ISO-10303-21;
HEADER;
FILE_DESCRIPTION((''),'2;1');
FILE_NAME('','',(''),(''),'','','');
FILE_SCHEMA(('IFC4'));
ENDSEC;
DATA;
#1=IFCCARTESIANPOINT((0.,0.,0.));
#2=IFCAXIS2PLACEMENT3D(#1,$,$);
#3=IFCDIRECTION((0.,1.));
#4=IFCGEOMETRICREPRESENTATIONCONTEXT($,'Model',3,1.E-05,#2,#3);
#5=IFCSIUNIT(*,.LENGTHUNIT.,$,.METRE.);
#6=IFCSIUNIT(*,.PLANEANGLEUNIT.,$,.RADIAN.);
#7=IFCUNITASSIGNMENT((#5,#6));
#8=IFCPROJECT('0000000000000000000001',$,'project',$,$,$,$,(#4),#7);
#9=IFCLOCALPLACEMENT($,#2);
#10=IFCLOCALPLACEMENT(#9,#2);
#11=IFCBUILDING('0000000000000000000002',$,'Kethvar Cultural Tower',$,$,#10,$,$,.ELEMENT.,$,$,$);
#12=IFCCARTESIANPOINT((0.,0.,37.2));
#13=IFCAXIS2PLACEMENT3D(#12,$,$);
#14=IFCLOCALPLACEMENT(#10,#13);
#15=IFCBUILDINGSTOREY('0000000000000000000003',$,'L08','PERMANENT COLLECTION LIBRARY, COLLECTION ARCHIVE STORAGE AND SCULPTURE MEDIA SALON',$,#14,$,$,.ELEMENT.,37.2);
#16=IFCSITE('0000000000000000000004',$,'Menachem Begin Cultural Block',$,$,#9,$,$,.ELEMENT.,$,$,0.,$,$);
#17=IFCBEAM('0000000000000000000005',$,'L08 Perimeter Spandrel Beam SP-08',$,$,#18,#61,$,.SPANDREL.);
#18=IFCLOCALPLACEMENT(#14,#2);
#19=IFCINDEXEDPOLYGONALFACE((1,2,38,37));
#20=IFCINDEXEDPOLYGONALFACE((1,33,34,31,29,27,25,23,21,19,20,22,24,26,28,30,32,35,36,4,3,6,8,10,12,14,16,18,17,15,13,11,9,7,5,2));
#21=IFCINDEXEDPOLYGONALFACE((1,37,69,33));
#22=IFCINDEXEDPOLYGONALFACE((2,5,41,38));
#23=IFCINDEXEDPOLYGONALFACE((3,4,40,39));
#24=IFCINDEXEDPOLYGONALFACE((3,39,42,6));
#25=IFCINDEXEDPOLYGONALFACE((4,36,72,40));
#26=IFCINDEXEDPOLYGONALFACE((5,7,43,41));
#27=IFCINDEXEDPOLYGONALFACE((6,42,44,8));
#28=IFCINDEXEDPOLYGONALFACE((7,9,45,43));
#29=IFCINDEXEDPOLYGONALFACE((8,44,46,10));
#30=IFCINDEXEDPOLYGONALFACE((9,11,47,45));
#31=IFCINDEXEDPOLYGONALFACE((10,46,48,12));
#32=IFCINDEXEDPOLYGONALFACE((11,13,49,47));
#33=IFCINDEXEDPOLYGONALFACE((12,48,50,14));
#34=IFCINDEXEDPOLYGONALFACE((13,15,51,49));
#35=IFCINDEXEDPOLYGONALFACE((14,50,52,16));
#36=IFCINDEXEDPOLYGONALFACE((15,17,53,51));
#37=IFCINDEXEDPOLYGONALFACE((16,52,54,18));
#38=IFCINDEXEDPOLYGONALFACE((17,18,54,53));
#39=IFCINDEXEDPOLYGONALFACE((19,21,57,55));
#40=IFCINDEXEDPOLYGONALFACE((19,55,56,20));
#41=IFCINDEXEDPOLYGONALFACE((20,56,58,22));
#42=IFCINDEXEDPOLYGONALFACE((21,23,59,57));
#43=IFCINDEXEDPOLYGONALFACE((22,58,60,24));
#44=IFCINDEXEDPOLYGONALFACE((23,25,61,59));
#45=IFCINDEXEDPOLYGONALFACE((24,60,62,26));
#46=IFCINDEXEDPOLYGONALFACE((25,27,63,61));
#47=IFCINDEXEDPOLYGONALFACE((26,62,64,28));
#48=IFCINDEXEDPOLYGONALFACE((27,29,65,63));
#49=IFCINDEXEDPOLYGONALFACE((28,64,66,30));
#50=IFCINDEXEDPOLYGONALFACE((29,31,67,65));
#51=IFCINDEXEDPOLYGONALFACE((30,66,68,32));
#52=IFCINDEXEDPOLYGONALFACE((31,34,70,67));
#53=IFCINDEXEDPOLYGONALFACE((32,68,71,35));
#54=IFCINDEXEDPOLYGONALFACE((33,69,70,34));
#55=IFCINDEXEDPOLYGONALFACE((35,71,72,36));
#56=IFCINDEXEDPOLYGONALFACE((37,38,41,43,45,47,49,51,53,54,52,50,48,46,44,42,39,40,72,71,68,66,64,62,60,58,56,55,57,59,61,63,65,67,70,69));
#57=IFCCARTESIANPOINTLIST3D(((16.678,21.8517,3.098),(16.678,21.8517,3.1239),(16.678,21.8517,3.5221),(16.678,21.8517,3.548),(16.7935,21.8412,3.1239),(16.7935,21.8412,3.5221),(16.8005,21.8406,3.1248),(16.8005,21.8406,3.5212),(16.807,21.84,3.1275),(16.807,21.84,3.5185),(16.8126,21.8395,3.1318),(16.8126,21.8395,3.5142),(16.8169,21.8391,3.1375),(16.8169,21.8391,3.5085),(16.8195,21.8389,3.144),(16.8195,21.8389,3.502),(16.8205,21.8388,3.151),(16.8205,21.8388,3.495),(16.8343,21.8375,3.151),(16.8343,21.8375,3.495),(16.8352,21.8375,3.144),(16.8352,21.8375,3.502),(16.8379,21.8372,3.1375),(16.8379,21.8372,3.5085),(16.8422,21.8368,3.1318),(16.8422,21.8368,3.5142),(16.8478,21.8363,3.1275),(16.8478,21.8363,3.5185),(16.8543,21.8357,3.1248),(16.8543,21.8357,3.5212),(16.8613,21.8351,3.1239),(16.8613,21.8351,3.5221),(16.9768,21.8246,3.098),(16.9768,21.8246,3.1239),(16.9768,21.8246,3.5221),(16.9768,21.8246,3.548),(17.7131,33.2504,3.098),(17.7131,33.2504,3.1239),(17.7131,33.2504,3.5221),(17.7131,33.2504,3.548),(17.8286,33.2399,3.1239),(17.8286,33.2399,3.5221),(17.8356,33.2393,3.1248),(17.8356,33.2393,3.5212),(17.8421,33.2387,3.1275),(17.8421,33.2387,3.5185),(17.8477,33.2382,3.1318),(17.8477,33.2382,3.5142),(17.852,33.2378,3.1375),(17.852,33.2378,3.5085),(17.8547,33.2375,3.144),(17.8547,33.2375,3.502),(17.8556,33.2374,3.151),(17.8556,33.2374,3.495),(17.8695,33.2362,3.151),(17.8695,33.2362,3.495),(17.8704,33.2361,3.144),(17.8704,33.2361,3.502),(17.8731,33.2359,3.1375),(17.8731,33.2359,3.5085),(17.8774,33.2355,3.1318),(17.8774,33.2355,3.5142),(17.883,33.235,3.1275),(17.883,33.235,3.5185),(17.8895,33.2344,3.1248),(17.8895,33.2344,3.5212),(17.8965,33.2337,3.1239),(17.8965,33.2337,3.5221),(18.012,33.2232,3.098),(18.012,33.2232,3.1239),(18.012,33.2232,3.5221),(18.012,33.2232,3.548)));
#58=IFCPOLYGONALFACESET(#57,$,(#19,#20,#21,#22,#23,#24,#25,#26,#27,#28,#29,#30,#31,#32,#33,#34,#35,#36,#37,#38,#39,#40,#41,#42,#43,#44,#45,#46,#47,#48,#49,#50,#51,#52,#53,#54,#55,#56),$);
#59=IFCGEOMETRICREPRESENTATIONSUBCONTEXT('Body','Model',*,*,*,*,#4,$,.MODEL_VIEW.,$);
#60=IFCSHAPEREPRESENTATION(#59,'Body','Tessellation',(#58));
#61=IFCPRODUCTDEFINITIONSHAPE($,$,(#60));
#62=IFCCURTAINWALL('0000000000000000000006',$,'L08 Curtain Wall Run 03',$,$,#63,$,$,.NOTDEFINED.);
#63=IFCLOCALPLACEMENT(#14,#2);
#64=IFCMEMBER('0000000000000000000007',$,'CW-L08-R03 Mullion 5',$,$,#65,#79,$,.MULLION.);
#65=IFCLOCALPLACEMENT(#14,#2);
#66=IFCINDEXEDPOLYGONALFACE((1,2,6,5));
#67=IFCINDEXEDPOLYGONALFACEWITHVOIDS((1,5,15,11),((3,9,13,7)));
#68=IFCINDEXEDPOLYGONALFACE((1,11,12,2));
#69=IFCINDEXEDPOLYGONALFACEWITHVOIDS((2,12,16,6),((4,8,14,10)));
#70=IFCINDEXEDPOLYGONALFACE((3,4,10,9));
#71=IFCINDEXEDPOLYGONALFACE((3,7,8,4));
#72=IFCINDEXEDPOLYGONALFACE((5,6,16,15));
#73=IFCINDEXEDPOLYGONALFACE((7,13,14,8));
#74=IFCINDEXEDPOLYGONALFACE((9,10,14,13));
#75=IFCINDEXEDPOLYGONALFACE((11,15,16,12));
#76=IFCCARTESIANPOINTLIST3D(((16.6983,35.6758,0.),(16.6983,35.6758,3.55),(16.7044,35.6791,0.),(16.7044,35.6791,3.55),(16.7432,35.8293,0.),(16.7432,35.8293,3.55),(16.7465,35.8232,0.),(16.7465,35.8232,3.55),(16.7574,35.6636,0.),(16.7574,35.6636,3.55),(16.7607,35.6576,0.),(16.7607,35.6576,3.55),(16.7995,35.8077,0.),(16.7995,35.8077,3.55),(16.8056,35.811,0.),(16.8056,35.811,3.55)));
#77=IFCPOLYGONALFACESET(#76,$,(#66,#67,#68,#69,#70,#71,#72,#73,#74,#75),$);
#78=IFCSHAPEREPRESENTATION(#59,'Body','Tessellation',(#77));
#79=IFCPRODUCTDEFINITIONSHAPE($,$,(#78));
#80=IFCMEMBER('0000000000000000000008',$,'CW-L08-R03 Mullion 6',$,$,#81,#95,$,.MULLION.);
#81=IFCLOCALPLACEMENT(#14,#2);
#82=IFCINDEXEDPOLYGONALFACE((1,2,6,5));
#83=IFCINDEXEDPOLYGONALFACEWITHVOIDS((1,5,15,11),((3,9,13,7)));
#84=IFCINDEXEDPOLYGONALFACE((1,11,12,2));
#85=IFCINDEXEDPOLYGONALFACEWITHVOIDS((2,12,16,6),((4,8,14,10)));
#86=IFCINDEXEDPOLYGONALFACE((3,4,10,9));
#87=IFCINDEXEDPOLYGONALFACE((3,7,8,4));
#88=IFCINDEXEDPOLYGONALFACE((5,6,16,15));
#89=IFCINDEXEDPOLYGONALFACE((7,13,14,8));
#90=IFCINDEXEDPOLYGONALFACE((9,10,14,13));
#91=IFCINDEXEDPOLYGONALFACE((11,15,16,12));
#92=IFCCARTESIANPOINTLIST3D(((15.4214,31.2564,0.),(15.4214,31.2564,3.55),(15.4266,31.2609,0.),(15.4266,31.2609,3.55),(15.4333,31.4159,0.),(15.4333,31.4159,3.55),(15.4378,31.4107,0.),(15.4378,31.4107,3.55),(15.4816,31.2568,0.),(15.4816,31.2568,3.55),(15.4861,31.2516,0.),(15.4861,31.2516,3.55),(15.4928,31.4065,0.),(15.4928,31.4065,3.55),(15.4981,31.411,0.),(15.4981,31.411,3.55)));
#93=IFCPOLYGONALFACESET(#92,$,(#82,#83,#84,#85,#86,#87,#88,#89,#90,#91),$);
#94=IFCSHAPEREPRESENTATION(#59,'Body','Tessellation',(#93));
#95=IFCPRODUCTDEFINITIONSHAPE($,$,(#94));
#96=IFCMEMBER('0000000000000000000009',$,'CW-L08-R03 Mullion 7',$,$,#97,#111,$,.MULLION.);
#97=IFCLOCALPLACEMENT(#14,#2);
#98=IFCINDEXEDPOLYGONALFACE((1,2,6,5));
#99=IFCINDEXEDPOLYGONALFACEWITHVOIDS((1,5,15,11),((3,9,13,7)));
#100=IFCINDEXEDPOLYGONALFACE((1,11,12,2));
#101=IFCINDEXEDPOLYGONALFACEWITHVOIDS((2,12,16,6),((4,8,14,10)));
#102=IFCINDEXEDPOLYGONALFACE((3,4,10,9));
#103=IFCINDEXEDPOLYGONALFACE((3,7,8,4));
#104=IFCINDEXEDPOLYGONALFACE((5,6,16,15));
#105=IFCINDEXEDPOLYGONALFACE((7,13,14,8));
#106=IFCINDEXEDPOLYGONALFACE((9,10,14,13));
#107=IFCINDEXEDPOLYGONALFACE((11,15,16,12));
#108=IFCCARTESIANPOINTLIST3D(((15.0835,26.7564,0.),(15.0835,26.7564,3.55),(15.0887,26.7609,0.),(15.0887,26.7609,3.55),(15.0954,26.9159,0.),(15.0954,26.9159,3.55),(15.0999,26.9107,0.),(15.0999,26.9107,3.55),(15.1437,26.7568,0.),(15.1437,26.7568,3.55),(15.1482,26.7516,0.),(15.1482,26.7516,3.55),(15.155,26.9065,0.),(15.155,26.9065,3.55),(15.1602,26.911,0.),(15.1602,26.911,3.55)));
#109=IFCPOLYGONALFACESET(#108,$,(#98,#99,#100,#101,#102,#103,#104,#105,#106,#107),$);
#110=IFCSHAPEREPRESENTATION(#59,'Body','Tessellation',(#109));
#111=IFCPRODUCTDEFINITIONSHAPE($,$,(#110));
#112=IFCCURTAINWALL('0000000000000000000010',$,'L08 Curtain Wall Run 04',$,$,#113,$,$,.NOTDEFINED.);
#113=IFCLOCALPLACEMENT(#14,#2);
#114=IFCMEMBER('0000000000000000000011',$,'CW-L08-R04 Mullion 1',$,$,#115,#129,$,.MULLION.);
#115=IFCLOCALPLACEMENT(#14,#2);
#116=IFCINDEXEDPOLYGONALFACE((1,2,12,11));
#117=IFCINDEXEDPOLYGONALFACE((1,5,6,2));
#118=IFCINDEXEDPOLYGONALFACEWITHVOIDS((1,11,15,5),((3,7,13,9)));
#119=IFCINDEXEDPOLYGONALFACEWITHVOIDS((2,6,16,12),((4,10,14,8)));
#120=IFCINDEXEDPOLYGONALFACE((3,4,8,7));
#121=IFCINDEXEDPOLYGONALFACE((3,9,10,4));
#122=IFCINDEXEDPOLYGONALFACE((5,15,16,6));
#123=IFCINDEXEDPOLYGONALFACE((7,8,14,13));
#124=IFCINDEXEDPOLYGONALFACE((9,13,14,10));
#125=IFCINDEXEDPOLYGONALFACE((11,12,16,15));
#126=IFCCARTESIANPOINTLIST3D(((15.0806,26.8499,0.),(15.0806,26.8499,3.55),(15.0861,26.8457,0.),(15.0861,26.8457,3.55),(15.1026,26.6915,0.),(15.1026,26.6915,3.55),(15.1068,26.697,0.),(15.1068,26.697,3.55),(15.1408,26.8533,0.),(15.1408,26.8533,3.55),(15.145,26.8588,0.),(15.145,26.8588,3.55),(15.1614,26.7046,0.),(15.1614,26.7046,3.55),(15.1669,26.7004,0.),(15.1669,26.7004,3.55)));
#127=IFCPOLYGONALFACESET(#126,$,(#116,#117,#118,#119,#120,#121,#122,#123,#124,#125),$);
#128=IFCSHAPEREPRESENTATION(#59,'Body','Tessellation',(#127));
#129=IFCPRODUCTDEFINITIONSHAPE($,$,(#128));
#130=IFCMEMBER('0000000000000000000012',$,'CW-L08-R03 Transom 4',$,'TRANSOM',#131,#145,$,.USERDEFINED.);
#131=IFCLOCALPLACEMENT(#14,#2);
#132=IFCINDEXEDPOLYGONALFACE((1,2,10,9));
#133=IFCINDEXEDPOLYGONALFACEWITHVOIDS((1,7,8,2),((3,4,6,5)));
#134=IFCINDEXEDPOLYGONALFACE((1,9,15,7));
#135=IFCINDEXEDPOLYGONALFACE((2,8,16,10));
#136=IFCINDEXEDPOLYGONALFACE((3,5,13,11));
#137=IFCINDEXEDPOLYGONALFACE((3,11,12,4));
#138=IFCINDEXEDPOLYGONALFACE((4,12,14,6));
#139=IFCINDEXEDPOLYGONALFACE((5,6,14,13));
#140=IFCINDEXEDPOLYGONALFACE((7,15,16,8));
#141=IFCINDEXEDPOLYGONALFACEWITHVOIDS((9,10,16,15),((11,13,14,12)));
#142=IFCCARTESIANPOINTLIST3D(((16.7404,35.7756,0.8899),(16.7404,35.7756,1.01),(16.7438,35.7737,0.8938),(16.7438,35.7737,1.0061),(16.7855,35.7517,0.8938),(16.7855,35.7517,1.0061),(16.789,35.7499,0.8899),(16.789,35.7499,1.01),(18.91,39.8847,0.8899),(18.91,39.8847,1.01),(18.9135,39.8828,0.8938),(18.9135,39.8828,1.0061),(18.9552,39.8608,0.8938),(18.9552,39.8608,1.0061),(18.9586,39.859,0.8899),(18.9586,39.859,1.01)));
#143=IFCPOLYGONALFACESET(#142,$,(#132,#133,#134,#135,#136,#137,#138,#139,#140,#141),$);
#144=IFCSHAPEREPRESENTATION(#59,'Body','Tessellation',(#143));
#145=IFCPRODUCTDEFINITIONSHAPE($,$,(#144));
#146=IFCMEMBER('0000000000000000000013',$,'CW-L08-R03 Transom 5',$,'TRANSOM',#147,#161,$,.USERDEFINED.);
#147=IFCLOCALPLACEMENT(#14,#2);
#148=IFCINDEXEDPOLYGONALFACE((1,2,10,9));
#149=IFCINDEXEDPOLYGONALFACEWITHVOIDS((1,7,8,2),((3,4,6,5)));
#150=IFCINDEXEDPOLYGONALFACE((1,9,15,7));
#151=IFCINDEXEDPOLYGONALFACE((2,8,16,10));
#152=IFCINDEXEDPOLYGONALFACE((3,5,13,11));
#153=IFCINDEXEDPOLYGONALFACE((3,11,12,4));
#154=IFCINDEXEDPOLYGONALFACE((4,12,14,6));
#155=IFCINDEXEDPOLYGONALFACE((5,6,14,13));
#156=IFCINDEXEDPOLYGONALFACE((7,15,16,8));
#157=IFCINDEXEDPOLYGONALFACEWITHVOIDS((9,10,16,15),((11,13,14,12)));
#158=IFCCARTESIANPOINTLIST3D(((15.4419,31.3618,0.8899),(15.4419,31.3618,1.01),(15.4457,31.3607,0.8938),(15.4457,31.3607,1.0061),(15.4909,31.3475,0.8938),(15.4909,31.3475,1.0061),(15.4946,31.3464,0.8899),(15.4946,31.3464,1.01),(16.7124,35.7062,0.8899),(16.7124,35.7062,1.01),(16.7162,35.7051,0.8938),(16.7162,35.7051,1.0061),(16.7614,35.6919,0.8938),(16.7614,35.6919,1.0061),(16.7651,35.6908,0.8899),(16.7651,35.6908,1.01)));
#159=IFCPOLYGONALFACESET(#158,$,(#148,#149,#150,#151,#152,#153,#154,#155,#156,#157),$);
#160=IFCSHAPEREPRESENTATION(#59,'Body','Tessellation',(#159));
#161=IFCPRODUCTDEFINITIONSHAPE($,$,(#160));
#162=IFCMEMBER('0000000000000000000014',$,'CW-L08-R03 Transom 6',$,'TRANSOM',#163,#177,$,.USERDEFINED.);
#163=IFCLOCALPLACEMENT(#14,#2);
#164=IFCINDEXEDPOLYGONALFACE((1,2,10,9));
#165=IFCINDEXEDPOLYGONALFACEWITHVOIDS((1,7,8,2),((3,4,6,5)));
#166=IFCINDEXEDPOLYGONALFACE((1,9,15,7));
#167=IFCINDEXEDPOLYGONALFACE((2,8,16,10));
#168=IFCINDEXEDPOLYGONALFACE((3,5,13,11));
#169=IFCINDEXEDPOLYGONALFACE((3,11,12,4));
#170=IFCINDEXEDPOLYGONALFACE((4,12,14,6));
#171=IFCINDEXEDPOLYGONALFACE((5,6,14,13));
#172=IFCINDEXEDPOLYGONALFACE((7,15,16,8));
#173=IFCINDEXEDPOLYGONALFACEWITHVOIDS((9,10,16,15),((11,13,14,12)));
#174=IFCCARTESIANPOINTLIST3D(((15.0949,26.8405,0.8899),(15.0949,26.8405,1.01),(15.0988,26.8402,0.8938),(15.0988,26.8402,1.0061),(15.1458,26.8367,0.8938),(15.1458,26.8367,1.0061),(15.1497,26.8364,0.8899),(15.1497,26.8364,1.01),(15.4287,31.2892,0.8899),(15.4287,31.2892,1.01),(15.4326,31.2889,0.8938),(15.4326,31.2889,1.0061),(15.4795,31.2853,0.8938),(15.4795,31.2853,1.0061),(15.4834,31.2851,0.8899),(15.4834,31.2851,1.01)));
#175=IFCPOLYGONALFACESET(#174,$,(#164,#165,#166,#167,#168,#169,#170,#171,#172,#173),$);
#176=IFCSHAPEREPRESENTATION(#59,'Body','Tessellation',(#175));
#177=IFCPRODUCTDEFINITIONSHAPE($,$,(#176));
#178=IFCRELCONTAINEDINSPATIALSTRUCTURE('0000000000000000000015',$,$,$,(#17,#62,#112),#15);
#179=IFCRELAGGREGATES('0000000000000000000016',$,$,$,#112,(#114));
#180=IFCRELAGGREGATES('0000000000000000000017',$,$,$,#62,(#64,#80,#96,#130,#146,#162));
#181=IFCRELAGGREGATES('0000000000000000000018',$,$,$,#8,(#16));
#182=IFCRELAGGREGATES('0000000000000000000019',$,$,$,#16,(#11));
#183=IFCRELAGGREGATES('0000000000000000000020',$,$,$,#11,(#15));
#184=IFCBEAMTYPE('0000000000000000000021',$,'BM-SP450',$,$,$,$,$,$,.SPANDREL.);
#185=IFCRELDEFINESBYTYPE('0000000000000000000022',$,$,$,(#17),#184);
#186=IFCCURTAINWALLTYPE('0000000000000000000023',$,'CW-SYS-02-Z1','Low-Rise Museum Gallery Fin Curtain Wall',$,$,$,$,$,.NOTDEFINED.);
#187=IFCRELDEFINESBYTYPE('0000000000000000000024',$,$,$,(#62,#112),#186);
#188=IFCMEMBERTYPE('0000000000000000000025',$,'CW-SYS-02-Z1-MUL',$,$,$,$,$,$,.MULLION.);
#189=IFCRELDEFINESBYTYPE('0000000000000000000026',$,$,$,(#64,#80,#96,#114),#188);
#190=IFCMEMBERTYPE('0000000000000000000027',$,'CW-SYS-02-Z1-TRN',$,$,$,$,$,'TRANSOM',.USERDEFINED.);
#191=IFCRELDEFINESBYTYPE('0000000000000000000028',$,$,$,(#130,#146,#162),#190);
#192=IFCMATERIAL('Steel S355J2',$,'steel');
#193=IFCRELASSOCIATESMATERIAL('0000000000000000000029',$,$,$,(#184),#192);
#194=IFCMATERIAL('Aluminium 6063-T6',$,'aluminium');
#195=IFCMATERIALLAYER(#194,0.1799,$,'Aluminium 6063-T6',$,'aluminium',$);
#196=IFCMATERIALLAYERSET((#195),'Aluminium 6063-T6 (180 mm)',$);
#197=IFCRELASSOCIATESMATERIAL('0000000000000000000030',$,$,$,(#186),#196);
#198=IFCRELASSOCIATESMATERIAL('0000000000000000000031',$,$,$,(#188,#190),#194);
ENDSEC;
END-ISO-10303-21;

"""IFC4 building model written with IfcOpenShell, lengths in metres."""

from ifc_helpers import new_model, si_unit, direction, frame, origin, origin_2d, place, context, subcontext, project, spatial, hollow_rectangle, i_section, extrude, source, transform, mapped, material, layer, layer_set, material_profile, profile_set, type_object, element, aggregate, save


model = new_model("IFC4")

# Units and contexts
model_context = context("Model", 3, precision=1e-05, world=origin(), true_north=direction((0.0, 1.0)))
body_context = subcontext(model_context, "Body", "Model", "MODEL_VIEW")
ifc_project = project(units=[si_unit("LENGTHUNIT", "METRE"), si_unit("PLANEANGLEUNIT", "RADIAN")], contexts=[model_context])

# Site, building, storey
site_placement = place(None, origin())
site = spatial("IfcSite", under=ifc_project, at=site_placement, Name="Menachem Begin Cultural Block", CompositionType="ELEMENT", RefElevation=0.0)
building_placement = place(site_placement, origin())
building = spatial("IfcBuilding", under=site, at=building_placement, Name="Kethvar Cultural Tower", CompositionType="ELEMENT")
storey_placement = place(building_placement, frame((0.0, 0.0, 37.2)))
storey = spatial("IfcBuildingStorey", under=building, at=storey_placement, Name="L08", Description="PERMANENT COLLECTION LIBRARY, COLLECTION ARCHIVE STORAGE AND SCULPTURE MEDIA SALON", CompositionType="ELEMENT", Elevation=37.2)

# Beam
ifc_material_1 = material(Name="Steel S355J2", Category="steel")
ifc_material_profile_1 = material_profile(ifc_material_1, i_section(OverallWidth=0.3, OverallDepth=0.45, WebThickness=0.0139, FlangeThickness=0.0259, FilletRadius=0.0271, at=origin_2d()), Name="Steel S355J2 — HEB450")
ifc_profile_set_1 = profile_set([ifc_material_profile_1], Name="Steel S355J2 — HEB450")
beam_type_1 = type_object("IfcBeamType", Name="BM-SP450", PredefinedType="SPANDREL", material=ifc_profile_set_1)
shared_shape_1 = source(origin(), body_context, "Body", "SweptSolid", [
    extrude(i_section(OverallWidth=0.3, OverallDepth=0.45, WebThickness=0.0139, FlangeThickness=0.0259, FilletRadius=0.0271, at=origin_2d()), origin(), (0.0, 0.0, 1.0), 11.4456),
])
beam_1_placement = place(storey_placement, frame((17.8625, 33.2368, 3.323), z_axis=(-0.090442, -0.995902, 0.0), x_axis=(0.995902, -0.090442, 0.0)))
element("IfcBeam", 1, at=beam_1_placement, inside=storey, type_object=beam_type_1, Name="L08 Perimeter Spandrel Beam SP-08", PredefinedType="SPANDREL", context=body_context, shape_type="MappedRepresentation", body=[
    mapped(shared_shape_1, transform((0.0, 0.0, 0.0), scale=1.0)),
])

# Curtain wall, members
ifc_material_2 = material(Name="Aluminium 6063-T6", Category="aluminium")
ifc_layer_1 = layer(ifc_material_2, 0.1799, Name="Aluminium 6063-T6", Category="aluminium")
ifc_layer_set_1 = layer_set([ifc_layer_1], Name="Aluminium 6063-T6 (180 mm)")
curtain_wall_type = type_object("IfcCurtainWallType", Name="CW-SYS-02-Z1", Description="Low-Rise Museum Gallery Fin Curtain Wall", PredefinedType="NOTDEFINED", material=ifc_layer_set_1)
curtain_wall_1_placement = place(storey_placement, origin())
curtain_wall_1 = element("IfcCurtainWall", 2, at=curtain_wall_1_placement, inside=storey, type_object=curtain_wall_type, Name="L08 Curtain Wall Run 03", PredefinedType="NOTDEFINED")
ifc_material_profile_2 = material_profile(ifc_material_2, hollow_rectangle(XDim=0.0649, YDim=0.1599, WallThickness=0.0049, at=origin_2d()), Name="Aluminium 6063-T6 — RHS160x65x5")
ifc_profile_set_2 = profile_set([ifc_material_profile_2], Name="Aluminium 6063-T6 — RHS160x65x5")
member_type_1 = type_object("IfcMemberType", Name="CW-SYS-02-Z1-MUL", PredefinedType="MULLION", material=ifc_profile_set_2)
shared_shape_2 = source(origin(), body_context, "Body", "SweptSolid", [
    extrude(hollow_rectangle(XDim=0.0649, YDim=0.1599, WallThickness=0.0049, at=origin_2d()), origin(), (0.0, 0.0, 1.0), 3.55),
])
member_1_placement = place(storey_placement, frame((16.752, 35.7434, 0.0), z_axis=(0.0, 0.0, 1.0), x_axis=(0.9598, -0.280683, 0.0)))
member_1 = element("IfcMember", 3, at=member_1_placement, type_object=member_type_1, Name="CW-L08-R03 Mullion 5", PredefinedType="MULLION", context=body_context, shape_type="MappedRepresentation", body=[
    mapped(shared_shape_2, transform((0.0, 0.0, 0.0), scale=1.0)),
])
member_2_placement = place(storey_placement, frame((15.4597, 31.3337, 0.0), z_axis=(0.0, 0.0, 1.0), x_axis=(0.997197, -0.074822, 0.0)))
member_2 = element("IfcMember", 4, at=member_2_placement, type_object=member_type_1, Name="CW-L08-R03 Mullion 6", PredefinedType="MULLION", context=body_context, shape_type="MappedRepresentation", body=[
    mapped(shared_shape_2, transform((0.0, 0.0, 0.0), scale=1.0)),
])
member_3_placement = place(storey_placement, frame((15.1218, 26.8337, 0.0), z_axis=(0.0, 0.0, 1.0), x_axis=(0.997197, -0.074822, 0.0)))
member_3 = element("IfcMember", 5, at=member_3_placement, type_object=member_type_1, Name="CW-L08-R03 Mullion 7", PredefinedType="MULLION", context=body_context, shape_type="MappedRepresentation", body=[
    mapped(shared_shape_2, transform((0.0, 0.0, 0.0), scale=1.0)),
])

# Curtain wall, member
curtain_wall_2_placement = place(storey_placement, origin())
curtain_wall_2 = element("IfcCurtainWall", 6, at=curtain_wall_2_placement, inside=storey, type_object=curtain_wall_type, Name="L08 Curtain Wall Run 04", PredefinedType="NOTDEFINED")
member_4_placement = place(storey_placement, frame((15.1238, 26.7751, 0.0), z_axis=(0.0, 0.0, 1.0), x_axis=(0.990529, 0.137306, 0.0)))
member_4 = element("IfcMember", 7, at=member_4_placement, type_object=member_type_1, Name="CW-L08-R04 Mullion 1", PredefinedType="MULLION", context=body_context, shape_type="MappedRepresentation", body=[
    mapped(shared_shape_2, transform((0.0, 0.0, 0.0), scale=1.0)),
])

# Members
ifc_material_profile_3 = material_profile(ifc_material_2, hollow_rectangle(XDim=0.0549, YDim=0.1201, WallThickness=0.0039, at=origin_2d()), Name="Aluminium 6063-T6 — RHS120x55x4")
ifc_profile_set_3 = profile_set([ifc_material_profile_3], Name="Aluminium 6063-T6 — RHS120x55x4")
member_type_2 = type_object("IfcMemberType", Name="CW-SYS-02-Z1-TRN", ElementType="TRANSOM", PredefinedType="USERDEFINED", material=ifc_profile_set_3)
shared_shape_3 = source(origin(), body_context, "Body", "SweptSolid", [
    extrude(hollow_rectangle(XDim=0.0549, YDim=0.1201, WallThickness=0.0039, at=origin_2d()), origin(), (0.0, 0.0, 1.0), 4.6467),
])
member_5_placement = place(storey_placement, frame((18.9343, 39.8718, 0.95), z_axis=(-0.466922, -0.884299, 0.0), x_axis=(0.884299, -0.466922, 0.0)))
member_5 = element("IfcMember", 8, at=member_5_placement, type_object=member_type_2, Name="CW-L08-R03 Transom 4", ObjectType="TRANSOM", PredefinedType="USERDEFINED", context=body_context, shape_type="MappedRepresentation", body=[
    mapped(shared_shape_3, transform((0.0, 0.0, 0.0), scale=1.0)),
])
shared_shape_4 = source(origin(), body_context, "Body", "SweptSolid", [
    extrude(hollow_rectangle(XDim=0.0549, YDim=0.1201, WallThickness=0.0039, at=origin_2d()), origin(), (0.0, 0.0, 1.0), 4.5264),
])
member_6_placement = place(storey_placement, frame((16.7388, 35.6985, 0.95), z_axis=(-0.280685, -0.9598, 0.0), x_axis=(0.9598, -0.280685, 0.0)))
member_6 = element("IfcMember", 9, at=member_6_placement, type_object=member_type_2, Name="CW-L08-R03 Transom 5", ObjectType="TRANSOM", PredefinedType="USERDEFINED", context=body_context, shape_type="MappedRepresentation", body=[
    mapped(shared_shape_4, transform((0.0, 0.0, 0.0), scale=1.0)),
])
shared_shape_5 = source(origin(), body_context, "Body", "SweptSolid", [
    extrude(hollow_rectangle(XDim=0.0549, YDim=0.1201, WallThickness=0.0039, at=origin_2d()), origin(), (0.0, 0.0, 1.0), 4.4612),
])
member_7_placement = place(storey_placement, frame((15.4561, 31.2871, 0.95), z_axis=(-0.074809, -0.997198, 0.0), x_axis=(0.997198, -0.074809, 0.0)))
member_7 = element("IfcMember", 10, at=member_7_placement, type_object=member_type_2, Name="CW-L08-R03 Transom 6", ObjectType="TRANSOM", PredefinedType="USERDEFINED", context=body_context, shape_type="MappedRepresentation", body=[
    mapped(shared_shape_5, transform((0.0, 0.0, 0.0), scale=1.0)),
])
aggregate(curtain_wall_2, [member_4])

aggregate(curtain_wall_1, [member_1, member_2, member_3, member_5, member_6, member_7])

save(model, "model.ifc")
